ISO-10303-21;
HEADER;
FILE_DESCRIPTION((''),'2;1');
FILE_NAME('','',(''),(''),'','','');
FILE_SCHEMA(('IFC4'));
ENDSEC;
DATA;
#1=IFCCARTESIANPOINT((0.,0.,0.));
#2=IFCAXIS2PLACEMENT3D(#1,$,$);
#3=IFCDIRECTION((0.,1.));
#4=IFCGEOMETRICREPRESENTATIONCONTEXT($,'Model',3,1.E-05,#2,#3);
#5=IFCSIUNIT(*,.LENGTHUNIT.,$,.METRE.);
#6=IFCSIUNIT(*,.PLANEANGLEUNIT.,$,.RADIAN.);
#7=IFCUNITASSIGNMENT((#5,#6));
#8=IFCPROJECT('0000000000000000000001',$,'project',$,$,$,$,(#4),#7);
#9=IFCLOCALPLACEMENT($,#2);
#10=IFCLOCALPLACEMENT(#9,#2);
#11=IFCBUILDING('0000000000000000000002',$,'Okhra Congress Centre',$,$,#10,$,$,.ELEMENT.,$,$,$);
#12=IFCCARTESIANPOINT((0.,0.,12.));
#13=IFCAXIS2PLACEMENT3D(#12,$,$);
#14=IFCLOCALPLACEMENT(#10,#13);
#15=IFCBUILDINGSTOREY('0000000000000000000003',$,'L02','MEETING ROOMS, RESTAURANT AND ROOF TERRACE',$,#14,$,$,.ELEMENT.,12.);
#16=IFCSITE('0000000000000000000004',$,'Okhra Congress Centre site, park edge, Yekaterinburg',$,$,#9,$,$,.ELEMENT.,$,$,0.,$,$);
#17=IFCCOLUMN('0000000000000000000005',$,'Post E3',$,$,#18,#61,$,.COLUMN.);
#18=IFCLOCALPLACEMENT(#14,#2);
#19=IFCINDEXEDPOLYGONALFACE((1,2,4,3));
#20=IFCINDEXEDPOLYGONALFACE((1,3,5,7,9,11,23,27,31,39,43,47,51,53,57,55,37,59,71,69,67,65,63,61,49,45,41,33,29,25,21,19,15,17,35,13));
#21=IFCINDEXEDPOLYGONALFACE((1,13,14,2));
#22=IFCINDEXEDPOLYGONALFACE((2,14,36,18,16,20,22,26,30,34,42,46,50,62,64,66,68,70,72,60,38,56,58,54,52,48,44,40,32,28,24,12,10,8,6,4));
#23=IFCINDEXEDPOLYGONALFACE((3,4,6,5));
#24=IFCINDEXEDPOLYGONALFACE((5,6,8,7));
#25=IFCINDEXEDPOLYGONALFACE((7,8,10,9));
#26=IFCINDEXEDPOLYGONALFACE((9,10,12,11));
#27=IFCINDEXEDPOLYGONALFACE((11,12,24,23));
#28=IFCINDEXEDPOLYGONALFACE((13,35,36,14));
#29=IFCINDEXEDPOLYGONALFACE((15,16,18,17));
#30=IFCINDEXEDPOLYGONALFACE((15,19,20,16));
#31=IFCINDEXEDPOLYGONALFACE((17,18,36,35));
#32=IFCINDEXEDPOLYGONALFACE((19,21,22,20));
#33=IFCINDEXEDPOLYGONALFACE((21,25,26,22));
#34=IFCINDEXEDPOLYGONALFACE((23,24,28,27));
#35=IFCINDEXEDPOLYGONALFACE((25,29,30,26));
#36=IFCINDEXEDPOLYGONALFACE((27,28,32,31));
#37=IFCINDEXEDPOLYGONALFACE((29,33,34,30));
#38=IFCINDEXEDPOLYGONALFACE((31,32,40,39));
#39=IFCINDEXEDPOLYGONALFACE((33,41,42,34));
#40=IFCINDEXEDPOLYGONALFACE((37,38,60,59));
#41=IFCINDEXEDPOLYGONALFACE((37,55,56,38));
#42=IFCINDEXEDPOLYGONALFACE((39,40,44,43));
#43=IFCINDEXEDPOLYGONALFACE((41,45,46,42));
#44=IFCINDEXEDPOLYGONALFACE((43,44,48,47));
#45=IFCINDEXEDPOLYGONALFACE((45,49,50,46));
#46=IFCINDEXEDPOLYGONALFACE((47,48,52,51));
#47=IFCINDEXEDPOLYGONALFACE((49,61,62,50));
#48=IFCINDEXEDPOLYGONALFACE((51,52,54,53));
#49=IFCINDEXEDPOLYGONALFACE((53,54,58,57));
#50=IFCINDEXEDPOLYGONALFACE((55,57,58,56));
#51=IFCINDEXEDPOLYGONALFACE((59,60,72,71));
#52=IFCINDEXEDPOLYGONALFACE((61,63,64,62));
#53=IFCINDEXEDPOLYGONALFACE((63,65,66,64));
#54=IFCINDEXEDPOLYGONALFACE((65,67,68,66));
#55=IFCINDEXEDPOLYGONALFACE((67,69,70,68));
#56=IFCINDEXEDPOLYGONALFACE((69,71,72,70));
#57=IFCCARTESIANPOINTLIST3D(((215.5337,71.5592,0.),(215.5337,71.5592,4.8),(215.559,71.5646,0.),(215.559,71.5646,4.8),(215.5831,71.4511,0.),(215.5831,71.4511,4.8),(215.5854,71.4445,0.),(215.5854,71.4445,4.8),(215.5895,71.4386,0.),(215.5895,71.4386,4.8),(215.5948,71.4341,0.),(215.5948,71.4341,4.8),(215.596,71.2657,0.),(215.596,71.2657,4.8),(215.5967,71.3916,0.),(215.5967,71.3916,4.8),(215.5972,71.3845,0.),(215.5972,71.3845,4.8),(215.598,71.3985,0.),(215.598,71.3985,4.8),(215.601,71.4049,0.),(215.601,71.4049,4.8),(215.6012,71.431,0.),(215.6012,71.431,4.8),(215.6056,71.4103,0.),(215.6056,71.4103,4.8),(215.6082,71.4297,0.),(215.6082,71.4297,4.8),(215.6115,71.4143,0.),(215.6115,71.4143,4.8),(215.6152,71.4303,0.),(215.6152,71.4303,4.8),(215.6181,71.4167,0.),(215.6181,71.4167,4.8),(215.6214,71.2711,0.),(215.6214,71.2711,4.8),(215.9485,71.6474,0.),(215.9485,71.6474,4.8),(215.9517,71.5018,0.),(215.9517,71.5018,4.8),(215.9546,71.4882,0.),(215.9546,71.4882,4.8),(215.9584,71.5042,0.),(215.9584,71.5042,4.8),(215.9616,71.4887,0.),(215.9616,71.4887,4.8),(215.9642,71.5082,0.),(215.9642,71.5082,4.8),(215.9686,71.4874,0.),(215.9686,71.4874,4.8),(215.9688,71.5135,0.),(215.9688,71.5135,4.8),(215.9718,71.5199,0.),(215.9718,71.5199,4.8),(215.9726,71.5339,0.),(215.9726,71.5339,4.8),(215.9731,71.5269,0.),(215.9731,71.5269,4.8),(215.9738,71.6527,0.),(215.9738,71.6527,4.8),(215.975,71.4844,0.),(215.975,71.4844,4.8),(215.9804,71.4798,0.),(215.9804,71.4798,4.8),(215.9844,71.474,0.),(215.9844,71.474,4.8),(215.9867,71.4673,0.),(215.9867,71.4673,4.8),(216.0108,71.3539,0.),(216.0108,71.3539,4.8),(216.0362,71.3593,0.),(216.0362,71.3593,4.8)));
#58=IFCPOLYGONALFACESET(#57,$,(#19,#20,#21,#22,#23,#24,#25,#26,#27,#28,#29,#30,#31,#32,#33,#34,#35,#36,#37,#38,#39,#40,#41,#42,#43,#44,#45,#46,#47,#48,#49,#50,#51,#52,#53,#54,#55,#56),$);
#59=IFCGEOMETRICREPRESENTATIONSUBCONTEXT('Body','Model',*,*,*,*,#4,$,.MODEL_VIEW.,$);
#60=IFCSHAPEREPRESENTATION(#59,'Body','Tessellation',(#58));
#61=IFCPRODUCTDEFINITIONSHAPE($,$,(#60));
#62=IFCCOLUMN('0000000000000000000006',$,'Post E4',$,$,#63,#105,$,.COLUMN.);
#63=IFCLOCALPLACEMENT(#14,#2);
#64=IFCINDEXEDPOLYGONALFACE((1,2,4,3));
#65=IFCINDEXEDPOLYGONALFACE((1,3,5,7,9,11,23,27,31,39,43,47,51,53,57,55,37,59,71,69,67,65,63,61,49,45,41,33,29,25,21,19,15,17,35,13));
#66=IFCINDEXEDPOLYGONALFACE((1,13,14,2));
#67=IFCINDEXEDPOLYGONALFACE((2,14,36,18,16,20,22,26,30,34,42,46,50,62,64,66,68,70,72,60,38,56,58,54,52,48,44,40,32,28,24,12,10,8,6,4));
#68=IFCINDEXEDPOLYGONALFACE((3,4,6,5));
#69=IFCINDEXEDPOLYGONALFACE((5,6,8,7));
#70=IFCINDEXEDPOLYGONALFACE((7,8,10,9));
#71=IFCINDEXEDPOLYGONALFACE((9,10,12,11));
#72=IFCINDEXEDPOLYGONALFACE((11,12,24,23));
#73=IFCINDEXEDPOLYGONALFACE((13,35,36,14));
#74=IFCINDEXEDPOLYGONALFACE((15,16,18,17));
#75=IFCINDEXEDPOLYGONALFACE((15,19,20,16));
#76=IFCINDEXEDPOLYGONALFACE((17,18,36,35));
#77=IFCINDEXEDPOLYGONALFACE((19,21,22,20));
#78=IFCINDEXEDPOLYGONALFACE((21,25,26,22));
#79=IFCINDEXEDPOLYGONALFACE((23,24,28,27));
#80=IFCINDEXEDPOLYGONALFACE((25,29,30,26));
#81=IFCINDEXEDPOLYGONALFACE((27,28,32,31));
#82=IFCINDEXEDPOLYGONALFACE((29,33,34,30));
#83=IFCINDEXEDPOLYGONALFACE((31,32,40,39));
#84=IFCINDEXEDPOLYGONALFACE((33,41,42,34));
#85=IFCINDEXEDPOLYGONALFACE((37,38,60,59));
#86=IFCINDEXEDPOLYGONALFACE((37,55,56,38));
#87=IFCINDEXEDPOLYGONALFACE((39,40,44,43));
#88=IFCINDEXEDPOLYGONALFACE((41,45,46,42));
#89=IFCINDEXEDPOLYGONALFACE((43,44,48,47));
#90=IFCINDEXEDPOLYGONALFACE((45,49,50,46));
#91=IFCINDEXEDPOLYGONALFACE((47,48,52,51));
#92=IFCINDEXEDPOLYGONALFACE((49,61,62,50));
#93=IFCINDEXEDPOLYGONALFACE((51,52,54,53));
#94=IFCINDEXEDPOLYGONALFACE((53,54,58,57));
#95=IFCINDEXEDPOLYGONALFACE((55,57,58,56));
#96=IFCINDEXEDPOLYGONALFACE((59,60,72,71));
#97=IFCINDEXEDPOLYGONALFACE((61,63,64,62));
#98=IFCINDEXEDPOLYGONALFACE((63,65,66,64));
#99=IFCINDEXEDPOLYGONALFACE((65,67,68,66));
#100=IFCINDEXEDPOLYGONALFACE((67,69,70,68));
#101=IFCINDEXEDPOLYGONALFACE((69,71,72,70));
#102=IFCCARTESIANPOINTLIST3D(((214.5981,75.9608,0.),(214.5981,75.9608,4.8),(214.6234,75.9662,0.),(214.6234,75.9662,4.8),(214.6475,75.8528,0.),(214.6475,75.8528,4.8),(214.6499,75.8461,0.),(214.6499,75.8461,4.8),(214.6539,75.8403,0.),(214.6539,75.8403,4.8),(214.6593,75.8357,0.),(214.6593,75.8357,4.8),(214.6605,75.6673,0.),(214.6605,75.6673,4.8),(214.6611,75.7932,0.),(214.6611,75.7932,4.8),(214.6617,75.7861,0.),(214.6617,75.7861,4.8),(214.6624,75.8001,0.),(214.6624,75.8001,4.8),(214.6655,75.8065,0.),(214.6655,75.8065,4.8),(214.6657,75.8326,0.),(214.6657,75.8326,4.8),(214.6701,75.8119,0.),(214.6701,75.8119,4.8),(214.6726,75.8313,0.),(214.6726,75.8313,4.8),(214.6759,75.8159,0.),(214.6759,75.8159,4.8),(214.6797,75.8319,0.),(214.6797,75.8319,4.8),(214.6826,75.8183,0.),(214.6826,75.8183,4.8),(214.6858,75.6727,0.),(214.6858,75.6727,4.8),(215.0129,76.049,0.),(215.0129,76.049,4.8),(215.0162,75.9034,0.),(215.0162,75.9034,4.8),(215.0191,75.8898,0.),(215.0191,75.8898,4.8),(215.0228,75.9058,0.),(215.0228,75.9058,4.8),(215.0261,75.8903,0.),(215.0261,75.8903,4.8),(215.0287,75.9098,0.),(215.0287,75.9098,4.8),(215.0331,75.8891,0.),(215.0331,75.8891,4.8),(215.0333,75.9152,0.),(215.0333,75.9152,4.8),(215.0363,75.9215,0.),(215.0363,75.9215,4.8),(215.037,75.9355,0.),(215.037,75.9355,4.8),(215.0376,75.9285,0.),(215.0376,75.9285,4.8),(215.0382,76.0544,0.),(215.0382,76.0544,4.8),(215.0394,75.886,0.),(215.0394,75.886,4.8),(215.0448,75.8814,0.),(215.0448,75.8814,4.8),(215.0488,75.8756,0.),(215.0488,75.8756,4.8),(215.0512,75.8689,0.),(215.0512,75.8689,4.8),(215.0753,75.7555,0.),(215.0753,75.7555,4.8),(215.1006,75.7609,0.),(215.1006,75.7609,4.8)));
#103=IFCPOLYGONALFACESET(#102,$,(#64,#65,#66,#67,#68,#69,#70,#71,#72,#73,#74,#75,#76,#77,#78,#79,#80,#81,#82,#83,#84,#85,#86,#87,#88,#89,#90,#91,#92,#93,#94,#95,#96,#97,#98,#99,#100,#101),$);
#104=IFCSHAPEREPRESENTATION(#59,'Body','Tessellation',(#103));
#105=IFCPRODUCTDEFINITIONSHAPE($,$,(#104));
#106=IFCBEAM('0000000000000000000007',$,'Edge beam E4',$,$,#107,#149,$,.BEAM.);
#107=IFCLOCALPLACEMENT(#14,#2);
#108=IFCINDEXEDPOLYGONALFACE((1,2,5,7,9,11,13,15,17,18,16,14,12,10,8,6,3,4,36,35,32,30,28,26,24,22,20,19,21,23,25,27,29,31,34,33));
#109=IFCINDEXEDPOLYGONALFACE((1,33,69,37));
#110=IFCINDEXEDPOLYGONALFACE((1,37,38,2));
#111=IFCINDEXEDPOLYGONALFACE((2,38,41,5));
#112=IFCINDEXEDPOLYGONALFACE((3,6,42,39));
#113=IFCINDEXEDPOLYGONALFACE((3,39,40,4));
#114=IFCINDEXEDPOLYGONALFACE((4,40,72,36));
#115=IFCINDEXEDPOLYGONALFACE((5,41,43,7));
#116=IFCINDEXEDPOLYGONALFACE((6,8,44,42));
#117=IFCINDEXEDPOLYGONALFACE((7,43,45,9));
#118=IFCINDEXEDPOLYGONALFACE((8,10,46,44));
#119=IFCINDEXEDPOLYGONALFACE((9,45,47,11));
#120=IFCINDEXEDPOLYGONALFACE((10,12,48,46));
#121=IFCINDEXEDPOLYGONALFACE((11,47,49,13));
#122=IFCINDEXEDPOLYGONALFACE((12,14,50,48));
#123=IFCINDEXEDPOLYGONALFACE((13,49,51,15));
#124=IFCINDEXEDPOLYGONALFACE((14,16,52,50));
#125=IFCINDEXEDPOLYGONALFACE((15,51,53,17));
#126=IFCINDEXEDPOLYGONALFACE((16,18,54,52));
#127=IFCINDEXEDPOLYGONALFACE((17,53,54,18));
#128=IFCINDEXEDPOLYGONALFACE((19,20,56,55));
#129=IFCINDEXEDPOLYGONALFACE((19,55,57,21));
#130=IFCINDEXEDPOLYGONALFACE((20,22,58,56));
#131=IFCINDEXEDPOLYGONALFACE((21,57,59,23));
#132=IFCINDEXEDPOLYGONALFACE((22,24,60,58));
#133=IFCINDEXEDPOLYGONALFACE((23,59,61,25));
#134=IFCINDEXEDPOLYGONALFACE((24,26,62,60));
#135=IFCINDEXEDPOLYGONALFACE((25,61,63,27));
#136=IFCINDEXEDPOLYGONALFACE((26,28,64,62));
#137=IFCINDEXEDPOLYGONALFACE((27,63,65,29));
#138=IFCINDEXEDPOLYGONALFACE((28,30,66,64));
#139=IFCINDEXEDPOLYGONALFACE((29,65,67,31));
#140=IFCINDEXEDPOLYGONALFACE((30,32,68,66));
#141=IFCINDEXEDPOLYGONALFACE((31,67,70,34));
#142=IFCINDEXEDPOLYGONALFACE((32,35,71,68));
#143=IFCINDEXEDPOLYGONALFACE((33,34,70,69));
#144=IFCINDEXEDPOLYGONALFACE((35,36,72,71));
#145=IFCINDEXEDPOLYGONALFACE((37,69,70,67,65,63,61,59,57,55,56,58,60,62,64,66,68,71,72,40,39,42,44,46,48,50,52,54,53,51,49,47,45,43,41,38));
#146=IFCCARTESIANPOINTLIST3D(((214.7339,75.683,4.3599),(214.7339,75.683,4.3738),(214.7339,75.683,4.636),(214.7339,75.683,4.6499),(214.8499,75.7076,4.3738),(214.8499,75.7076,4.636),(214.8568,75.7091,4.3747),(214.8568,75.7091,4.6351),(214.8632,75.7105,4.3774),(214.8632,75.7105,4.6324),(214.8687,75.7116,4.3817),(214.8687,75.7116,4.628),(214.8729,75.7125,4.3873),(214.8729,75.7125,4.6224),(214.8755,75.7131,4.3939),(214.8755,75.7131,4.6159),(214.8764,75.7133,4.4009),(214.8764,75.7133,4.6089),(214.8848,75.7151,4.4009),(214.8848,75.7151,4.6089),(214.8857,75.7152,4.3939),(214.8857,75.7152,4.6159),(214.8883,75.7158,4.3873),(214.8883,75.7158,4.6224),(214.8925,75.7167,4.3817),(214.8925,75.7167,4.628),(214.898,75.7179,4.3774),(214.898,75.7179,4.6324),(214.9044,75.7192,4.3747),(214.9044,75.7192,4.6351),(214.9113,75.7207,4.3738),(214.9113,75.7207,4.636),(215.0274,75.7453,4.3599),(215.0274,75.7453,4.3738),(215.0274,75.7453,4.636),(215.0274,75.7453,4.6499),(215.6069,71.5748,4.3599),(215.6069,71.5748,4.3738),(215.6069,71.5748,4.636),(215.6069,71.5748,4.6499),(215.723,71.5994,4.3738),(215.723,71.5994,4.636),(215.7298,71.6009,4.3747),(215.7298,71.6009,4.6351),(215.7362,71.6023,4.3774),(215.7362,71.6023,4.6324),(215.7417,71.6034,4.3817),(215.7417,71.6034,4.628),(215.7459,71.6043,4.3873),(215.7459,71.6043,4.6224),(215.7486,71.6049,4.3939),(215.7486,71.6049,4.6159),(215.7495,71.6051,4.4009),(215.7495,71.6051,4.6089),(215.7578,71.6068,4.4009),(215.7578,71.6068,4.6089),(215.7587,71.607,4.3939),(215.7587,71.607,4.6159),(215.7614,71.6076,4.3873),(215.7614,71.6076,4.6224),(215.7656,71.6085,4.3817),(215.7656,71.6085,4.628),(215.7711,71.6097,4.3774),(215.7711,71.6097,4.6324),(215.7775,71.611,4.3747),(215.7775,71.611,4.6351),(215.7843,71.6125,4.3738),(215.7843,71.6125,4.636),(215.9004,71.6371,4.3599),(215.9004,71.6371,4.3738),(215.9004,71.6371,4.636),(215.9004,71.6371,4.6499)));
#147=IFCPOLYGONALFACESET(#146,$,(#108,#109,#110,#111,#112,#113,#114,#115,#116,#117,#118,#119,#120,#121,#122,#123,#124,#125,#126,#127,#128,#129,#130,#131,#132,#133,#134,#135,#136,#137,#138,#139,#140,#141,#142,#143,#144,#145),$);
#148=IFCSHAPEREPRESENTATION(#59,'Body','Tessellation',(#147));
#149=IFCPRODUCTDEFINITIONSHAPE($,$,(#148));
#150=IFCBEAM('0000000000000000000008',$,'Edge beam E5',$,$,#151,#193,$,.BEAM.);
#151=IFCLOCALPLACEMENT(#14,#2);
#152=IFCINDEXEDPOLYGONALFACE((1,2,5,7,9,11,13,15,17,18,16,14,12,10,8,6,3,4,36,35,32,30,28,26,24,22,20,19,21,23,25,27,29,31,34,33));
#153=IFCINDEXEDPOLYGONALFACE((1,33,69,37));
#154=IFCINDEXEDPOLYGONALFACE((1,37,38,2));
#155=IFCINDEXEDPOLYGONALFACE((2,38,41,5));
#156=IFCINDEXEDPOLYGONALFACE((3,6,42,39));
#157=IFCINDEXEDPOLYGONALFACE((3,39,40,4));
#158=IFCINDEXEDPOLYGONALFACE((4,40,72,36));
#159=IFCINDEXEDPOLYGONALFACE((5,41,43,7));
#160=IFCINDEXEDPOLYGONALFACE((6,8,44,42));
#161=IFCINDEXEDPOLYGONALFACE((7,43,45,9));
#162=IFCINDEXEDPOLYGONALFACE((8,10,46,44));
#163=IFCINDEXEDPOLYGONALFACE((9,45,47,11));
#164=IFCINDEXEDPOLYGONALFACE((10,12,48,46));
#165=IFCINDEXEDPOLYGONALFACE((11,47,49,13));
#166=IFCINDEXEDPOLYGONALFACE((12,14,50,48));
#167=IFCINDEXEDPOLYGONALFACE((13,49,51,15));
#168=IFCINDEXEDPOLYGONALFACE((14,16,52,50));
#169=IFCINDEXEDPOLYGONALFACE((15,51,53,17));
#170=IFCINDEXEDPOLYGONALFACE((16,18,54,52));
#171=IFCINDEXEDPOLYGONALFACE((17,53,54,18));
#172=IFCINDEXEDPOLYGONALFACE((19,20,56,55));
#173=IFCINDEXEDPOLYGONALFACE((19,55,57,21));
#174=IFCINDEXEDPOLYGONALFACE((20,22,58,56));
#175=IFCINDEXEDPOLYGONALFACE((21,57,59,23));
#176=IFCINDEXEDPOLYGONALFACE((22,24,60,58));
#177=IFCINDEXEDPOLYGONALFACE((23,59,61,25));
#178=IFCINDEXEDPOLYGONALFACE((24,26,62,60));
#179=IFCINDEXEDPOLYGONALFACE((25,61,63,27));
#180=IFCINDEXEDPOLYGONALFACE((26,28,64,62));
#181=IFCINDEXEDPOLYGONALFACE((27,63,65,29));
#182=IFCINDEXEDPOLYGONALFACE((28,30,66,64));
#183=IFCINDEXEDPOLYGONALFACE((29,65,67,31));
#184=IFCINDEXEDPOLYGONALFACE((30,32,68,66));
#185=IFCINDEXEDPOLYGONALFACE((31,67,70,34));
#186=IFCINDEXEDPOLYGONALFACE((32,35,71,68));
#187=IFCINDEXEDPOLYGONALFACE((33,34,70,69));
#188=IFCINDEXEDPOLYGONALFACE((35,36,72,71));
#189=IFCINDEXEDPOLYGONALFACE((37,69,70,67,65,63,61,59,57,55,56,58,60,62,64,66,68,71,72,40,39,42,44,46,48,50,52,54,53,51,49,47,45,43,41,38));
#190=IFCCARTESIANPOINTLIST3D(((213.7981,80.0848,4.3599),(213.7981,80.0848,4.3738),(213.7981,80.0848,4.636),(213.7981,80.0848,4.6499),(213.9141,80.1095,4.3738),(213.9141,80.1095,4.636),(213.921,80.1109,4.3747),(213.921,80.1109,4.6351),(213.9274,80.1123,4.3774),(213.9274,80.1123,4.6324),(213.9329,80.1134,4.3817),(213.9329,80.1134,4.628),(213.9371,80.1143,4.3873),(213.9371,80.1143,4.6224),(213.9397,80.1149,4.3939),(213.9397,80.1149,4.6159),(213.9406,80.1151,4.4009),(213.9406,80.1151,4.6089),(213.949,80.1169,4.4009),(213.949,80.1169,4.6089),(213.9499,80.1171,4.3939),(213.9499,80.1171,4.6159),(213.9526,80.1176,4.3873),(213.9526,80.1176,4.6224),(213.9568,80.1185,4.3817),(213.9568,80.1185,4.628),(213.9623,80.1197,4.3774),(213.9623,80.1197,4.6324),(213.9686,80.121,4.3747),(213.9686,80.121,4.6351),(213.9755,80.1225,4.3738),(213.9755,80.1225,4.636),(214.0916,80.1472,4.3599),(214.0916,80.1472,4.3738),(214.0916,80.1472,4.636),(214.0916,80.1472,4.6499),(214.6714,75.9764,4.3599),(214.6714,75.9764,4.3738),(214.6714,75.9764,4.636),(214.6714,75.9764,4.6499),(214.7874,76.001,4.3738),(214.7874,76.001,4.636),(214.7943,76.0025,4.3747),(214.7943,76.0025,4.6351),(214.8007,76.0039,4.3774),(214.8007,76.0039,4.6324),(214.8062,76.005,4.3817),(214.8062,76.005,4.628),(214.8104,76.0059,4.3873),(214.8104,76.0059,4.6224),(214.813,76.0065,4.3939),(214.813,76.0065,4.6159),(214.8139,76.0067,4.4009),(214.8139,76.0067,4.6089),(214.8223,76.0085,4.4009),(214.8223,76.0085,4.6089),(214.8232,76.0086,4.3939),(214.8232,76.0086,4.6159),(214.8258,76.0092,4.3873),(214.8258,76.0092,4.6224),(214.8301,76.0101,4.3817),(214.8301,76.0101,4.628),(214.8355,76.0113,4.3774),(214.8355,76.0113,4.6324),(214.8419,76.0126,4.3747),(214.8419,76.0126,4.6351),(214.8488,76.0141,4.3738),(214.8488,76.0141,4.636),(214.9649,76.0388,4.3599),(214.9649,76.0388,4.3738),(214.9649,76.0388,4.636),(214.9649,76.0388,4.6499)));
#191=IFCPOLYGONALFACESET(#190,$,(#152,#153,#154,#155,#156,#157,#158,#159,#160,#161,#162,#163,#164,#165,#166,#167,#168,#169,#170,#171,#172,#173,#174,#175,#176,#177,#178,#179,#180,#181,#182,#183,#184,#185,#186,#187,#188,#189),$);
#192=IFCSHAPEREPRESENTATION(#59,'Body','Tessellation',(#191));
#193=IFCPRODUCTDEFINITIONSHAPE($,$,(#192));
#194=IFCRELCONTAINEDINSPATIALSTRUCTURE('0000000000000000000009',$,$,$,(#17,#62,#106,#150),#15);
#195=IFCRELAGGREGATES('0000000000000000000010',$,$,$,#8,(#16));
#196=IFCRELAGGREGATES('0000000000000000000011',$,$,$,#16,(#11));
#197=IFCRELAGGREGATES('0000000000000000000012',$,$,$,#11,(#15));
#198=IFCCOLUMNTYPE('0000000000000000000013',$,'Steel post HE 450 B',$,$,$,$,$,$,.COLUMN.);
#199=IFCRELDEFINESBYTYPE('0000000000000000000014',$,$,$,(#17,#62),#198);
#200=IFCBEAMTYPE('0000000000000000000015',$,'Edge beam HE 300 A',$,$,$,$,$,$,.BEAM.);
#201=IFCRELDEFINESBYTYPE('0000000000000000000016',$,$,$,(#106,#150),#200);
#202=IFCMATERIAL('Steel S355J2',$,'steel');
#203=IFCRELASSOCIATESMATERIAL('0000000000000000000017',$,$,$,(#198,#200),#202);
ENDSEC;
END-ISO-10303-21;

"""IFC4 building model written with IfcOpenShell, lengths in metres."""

from ifc_helpers import new_model, si_unit, direction, frame, origin, origin_2d, place, context, subcontext, project, spatial, i_section, extrude, material, material_profile, profile_set, type_object, element, save


model = new_model("IFC4")

# Units and contexts
model_context = context("Model", 3, precision=1e-05, world=origin(), true_north=direction((0.0, 1.0)))
body_context = subcontext(model_context, "Body", "Model", "MODEL_VIEW")
ifc_project = project(units=[si_unit("LENGTHUNIT", "METRE"), si_unit("PLANEANGLEUNIT", "RADIAN")], contexts=[model_context])

# Site, building, storey
site_placement = place(None, origin())
site = spatial("IfcSite", under=ifc_project, at=site_placement, Name="Okhra Congress Centre site, park edge, Yekaterinburg", CompositionType="ELEMENT", RefElevation=0.0)
building_placement = place(site_placement, origin())
building = spatial("IfcBuilding", under=site, at=building_placement, Name="Okhra Congress Centre", CompositionType="ELEMENT")
storey_placement = place(building_placement, frame((0.0, 0.0, 12.0)))
storey = spatial("IfcBuildingStorey", under=building, at=storey_placement, Name="L02", Description="MEETING ROOMS, RESTAURANT AND ROOF TERRACE", CompositionType="ELEMENT", Elevation=12.0)

# Columns
ifc_material_1 = material(Name="Steel S355J2", Category="steel")
ifc_material_profile_1 = material_profile(ifc_material_1, i_section(OverallWidth=0.3, OverallDepth=0.45, WebThickness=0.0139, FlangeThickness=0.0259, FilletRadius=0.0271, at=origin_2d()), Name="HE 450 B")
ifc_profile_set_1 = profile_set([ifc_material_profile_1], Name="Steel S355J2")
column_type = type_object("IfcColumnType", Name="Steel post HE 450 B", PredefinedType="COLUMN", material=ifc_profile_set_1)
for number, where, z_axis, x_axis, name in (
    (1, (215.7849, 71.4592, 0.0), (0.0, 0.0, 1.0), (-0.207912, 0.978148, 0.0), "Post E3"),
    (2, (214.8494, 75.8608, 0.0), (0.0, 0.0, 1.0), (-0.207912, 0.978148, 0.0), "Post E4"),
):
    element("IfcColumn", number, at=place(storey_placement, frame(where, z_axis=z_axis, x_axis=x_axis)), inside=storey, type_object=column_type, Name=name, PredefinedType="COLUMN", context=body_context, shape_type="SweptSolid", body=[
        extrude(i_section(OverallWidth=0.3, OverallDepth=0.45, WebThickness=0.0139, FlangeThickness=0.0259, FilletRadius=0.0271, at=origin_2d()), origin(), (0.0, 0.0, 1.0), 4.8),
    ])

# Beams
ifc_material_profile_2 = material_profile(ifc_material_1, i_section(OverallWidth=0.3, OverallDepth=0.29, WebThickness=0.0085, FlangeThickness=0.0139, FilletRadius=0.0271, at=origin_2d()), Name="HE 300 A")
ifc_profile_set_2 = profile_set([ifc_material_profile_2], Name="Steel S355J2")
beam_type_1 = type_object("IfcBeamType", Name="Edge beam HE 300 A", PredefinedType="BEAM", material=ifc_profile_set_2)
beam_1_placement = place(storey_placement, frame((215.7537, 71.606, 4.5049), z_axis=(-0.207873, 0.978156, 0.0), x_axis=(-0.978156, -0.207873, 0.0)))
element("IfcBeam", 3, at=beam_1_placement, inside=storey, type_object=beam_type_1, Name="Edge beam E4", PredefinedType="BEAM", context=body_context, shape_type="SweptSolid", body=[
    extrude(i_section(OverallWidth=0.3, OverallDepth=0.29, WebThickness=0.0085, FlangeThickness=0.0139, FilletRadius=0.0271, at=origin_2d()), origin(), (0.0, 0.0, 1.0), 4.2),
])
beam_2_placement = place(storey_placement, frame((214.8181, 76.0076, 4.5049), z_axis=(-0.207917, 0.978146, 0.0), x_axis=(-0.978146, -0.207917, 0.0)))
element("IfcBeam", 4, at=beam_2_placement, inside=storey, type_object=beam_type_1, Name="Edge beam E5", PredefinedType="BEAM", context=body_context, shape_type="SweptSolid", body=[
    extrude(i_section(OverallWidth=0.3, OverallDepth=0.29, WebThickness=0.0085, FlangeThickness=0.0139, FilletRadius=0.0271, at=origin_2d()), origin(), (0.0, 0.0, 1.0), 4.2002),
])

save(model, "model.ifc")
